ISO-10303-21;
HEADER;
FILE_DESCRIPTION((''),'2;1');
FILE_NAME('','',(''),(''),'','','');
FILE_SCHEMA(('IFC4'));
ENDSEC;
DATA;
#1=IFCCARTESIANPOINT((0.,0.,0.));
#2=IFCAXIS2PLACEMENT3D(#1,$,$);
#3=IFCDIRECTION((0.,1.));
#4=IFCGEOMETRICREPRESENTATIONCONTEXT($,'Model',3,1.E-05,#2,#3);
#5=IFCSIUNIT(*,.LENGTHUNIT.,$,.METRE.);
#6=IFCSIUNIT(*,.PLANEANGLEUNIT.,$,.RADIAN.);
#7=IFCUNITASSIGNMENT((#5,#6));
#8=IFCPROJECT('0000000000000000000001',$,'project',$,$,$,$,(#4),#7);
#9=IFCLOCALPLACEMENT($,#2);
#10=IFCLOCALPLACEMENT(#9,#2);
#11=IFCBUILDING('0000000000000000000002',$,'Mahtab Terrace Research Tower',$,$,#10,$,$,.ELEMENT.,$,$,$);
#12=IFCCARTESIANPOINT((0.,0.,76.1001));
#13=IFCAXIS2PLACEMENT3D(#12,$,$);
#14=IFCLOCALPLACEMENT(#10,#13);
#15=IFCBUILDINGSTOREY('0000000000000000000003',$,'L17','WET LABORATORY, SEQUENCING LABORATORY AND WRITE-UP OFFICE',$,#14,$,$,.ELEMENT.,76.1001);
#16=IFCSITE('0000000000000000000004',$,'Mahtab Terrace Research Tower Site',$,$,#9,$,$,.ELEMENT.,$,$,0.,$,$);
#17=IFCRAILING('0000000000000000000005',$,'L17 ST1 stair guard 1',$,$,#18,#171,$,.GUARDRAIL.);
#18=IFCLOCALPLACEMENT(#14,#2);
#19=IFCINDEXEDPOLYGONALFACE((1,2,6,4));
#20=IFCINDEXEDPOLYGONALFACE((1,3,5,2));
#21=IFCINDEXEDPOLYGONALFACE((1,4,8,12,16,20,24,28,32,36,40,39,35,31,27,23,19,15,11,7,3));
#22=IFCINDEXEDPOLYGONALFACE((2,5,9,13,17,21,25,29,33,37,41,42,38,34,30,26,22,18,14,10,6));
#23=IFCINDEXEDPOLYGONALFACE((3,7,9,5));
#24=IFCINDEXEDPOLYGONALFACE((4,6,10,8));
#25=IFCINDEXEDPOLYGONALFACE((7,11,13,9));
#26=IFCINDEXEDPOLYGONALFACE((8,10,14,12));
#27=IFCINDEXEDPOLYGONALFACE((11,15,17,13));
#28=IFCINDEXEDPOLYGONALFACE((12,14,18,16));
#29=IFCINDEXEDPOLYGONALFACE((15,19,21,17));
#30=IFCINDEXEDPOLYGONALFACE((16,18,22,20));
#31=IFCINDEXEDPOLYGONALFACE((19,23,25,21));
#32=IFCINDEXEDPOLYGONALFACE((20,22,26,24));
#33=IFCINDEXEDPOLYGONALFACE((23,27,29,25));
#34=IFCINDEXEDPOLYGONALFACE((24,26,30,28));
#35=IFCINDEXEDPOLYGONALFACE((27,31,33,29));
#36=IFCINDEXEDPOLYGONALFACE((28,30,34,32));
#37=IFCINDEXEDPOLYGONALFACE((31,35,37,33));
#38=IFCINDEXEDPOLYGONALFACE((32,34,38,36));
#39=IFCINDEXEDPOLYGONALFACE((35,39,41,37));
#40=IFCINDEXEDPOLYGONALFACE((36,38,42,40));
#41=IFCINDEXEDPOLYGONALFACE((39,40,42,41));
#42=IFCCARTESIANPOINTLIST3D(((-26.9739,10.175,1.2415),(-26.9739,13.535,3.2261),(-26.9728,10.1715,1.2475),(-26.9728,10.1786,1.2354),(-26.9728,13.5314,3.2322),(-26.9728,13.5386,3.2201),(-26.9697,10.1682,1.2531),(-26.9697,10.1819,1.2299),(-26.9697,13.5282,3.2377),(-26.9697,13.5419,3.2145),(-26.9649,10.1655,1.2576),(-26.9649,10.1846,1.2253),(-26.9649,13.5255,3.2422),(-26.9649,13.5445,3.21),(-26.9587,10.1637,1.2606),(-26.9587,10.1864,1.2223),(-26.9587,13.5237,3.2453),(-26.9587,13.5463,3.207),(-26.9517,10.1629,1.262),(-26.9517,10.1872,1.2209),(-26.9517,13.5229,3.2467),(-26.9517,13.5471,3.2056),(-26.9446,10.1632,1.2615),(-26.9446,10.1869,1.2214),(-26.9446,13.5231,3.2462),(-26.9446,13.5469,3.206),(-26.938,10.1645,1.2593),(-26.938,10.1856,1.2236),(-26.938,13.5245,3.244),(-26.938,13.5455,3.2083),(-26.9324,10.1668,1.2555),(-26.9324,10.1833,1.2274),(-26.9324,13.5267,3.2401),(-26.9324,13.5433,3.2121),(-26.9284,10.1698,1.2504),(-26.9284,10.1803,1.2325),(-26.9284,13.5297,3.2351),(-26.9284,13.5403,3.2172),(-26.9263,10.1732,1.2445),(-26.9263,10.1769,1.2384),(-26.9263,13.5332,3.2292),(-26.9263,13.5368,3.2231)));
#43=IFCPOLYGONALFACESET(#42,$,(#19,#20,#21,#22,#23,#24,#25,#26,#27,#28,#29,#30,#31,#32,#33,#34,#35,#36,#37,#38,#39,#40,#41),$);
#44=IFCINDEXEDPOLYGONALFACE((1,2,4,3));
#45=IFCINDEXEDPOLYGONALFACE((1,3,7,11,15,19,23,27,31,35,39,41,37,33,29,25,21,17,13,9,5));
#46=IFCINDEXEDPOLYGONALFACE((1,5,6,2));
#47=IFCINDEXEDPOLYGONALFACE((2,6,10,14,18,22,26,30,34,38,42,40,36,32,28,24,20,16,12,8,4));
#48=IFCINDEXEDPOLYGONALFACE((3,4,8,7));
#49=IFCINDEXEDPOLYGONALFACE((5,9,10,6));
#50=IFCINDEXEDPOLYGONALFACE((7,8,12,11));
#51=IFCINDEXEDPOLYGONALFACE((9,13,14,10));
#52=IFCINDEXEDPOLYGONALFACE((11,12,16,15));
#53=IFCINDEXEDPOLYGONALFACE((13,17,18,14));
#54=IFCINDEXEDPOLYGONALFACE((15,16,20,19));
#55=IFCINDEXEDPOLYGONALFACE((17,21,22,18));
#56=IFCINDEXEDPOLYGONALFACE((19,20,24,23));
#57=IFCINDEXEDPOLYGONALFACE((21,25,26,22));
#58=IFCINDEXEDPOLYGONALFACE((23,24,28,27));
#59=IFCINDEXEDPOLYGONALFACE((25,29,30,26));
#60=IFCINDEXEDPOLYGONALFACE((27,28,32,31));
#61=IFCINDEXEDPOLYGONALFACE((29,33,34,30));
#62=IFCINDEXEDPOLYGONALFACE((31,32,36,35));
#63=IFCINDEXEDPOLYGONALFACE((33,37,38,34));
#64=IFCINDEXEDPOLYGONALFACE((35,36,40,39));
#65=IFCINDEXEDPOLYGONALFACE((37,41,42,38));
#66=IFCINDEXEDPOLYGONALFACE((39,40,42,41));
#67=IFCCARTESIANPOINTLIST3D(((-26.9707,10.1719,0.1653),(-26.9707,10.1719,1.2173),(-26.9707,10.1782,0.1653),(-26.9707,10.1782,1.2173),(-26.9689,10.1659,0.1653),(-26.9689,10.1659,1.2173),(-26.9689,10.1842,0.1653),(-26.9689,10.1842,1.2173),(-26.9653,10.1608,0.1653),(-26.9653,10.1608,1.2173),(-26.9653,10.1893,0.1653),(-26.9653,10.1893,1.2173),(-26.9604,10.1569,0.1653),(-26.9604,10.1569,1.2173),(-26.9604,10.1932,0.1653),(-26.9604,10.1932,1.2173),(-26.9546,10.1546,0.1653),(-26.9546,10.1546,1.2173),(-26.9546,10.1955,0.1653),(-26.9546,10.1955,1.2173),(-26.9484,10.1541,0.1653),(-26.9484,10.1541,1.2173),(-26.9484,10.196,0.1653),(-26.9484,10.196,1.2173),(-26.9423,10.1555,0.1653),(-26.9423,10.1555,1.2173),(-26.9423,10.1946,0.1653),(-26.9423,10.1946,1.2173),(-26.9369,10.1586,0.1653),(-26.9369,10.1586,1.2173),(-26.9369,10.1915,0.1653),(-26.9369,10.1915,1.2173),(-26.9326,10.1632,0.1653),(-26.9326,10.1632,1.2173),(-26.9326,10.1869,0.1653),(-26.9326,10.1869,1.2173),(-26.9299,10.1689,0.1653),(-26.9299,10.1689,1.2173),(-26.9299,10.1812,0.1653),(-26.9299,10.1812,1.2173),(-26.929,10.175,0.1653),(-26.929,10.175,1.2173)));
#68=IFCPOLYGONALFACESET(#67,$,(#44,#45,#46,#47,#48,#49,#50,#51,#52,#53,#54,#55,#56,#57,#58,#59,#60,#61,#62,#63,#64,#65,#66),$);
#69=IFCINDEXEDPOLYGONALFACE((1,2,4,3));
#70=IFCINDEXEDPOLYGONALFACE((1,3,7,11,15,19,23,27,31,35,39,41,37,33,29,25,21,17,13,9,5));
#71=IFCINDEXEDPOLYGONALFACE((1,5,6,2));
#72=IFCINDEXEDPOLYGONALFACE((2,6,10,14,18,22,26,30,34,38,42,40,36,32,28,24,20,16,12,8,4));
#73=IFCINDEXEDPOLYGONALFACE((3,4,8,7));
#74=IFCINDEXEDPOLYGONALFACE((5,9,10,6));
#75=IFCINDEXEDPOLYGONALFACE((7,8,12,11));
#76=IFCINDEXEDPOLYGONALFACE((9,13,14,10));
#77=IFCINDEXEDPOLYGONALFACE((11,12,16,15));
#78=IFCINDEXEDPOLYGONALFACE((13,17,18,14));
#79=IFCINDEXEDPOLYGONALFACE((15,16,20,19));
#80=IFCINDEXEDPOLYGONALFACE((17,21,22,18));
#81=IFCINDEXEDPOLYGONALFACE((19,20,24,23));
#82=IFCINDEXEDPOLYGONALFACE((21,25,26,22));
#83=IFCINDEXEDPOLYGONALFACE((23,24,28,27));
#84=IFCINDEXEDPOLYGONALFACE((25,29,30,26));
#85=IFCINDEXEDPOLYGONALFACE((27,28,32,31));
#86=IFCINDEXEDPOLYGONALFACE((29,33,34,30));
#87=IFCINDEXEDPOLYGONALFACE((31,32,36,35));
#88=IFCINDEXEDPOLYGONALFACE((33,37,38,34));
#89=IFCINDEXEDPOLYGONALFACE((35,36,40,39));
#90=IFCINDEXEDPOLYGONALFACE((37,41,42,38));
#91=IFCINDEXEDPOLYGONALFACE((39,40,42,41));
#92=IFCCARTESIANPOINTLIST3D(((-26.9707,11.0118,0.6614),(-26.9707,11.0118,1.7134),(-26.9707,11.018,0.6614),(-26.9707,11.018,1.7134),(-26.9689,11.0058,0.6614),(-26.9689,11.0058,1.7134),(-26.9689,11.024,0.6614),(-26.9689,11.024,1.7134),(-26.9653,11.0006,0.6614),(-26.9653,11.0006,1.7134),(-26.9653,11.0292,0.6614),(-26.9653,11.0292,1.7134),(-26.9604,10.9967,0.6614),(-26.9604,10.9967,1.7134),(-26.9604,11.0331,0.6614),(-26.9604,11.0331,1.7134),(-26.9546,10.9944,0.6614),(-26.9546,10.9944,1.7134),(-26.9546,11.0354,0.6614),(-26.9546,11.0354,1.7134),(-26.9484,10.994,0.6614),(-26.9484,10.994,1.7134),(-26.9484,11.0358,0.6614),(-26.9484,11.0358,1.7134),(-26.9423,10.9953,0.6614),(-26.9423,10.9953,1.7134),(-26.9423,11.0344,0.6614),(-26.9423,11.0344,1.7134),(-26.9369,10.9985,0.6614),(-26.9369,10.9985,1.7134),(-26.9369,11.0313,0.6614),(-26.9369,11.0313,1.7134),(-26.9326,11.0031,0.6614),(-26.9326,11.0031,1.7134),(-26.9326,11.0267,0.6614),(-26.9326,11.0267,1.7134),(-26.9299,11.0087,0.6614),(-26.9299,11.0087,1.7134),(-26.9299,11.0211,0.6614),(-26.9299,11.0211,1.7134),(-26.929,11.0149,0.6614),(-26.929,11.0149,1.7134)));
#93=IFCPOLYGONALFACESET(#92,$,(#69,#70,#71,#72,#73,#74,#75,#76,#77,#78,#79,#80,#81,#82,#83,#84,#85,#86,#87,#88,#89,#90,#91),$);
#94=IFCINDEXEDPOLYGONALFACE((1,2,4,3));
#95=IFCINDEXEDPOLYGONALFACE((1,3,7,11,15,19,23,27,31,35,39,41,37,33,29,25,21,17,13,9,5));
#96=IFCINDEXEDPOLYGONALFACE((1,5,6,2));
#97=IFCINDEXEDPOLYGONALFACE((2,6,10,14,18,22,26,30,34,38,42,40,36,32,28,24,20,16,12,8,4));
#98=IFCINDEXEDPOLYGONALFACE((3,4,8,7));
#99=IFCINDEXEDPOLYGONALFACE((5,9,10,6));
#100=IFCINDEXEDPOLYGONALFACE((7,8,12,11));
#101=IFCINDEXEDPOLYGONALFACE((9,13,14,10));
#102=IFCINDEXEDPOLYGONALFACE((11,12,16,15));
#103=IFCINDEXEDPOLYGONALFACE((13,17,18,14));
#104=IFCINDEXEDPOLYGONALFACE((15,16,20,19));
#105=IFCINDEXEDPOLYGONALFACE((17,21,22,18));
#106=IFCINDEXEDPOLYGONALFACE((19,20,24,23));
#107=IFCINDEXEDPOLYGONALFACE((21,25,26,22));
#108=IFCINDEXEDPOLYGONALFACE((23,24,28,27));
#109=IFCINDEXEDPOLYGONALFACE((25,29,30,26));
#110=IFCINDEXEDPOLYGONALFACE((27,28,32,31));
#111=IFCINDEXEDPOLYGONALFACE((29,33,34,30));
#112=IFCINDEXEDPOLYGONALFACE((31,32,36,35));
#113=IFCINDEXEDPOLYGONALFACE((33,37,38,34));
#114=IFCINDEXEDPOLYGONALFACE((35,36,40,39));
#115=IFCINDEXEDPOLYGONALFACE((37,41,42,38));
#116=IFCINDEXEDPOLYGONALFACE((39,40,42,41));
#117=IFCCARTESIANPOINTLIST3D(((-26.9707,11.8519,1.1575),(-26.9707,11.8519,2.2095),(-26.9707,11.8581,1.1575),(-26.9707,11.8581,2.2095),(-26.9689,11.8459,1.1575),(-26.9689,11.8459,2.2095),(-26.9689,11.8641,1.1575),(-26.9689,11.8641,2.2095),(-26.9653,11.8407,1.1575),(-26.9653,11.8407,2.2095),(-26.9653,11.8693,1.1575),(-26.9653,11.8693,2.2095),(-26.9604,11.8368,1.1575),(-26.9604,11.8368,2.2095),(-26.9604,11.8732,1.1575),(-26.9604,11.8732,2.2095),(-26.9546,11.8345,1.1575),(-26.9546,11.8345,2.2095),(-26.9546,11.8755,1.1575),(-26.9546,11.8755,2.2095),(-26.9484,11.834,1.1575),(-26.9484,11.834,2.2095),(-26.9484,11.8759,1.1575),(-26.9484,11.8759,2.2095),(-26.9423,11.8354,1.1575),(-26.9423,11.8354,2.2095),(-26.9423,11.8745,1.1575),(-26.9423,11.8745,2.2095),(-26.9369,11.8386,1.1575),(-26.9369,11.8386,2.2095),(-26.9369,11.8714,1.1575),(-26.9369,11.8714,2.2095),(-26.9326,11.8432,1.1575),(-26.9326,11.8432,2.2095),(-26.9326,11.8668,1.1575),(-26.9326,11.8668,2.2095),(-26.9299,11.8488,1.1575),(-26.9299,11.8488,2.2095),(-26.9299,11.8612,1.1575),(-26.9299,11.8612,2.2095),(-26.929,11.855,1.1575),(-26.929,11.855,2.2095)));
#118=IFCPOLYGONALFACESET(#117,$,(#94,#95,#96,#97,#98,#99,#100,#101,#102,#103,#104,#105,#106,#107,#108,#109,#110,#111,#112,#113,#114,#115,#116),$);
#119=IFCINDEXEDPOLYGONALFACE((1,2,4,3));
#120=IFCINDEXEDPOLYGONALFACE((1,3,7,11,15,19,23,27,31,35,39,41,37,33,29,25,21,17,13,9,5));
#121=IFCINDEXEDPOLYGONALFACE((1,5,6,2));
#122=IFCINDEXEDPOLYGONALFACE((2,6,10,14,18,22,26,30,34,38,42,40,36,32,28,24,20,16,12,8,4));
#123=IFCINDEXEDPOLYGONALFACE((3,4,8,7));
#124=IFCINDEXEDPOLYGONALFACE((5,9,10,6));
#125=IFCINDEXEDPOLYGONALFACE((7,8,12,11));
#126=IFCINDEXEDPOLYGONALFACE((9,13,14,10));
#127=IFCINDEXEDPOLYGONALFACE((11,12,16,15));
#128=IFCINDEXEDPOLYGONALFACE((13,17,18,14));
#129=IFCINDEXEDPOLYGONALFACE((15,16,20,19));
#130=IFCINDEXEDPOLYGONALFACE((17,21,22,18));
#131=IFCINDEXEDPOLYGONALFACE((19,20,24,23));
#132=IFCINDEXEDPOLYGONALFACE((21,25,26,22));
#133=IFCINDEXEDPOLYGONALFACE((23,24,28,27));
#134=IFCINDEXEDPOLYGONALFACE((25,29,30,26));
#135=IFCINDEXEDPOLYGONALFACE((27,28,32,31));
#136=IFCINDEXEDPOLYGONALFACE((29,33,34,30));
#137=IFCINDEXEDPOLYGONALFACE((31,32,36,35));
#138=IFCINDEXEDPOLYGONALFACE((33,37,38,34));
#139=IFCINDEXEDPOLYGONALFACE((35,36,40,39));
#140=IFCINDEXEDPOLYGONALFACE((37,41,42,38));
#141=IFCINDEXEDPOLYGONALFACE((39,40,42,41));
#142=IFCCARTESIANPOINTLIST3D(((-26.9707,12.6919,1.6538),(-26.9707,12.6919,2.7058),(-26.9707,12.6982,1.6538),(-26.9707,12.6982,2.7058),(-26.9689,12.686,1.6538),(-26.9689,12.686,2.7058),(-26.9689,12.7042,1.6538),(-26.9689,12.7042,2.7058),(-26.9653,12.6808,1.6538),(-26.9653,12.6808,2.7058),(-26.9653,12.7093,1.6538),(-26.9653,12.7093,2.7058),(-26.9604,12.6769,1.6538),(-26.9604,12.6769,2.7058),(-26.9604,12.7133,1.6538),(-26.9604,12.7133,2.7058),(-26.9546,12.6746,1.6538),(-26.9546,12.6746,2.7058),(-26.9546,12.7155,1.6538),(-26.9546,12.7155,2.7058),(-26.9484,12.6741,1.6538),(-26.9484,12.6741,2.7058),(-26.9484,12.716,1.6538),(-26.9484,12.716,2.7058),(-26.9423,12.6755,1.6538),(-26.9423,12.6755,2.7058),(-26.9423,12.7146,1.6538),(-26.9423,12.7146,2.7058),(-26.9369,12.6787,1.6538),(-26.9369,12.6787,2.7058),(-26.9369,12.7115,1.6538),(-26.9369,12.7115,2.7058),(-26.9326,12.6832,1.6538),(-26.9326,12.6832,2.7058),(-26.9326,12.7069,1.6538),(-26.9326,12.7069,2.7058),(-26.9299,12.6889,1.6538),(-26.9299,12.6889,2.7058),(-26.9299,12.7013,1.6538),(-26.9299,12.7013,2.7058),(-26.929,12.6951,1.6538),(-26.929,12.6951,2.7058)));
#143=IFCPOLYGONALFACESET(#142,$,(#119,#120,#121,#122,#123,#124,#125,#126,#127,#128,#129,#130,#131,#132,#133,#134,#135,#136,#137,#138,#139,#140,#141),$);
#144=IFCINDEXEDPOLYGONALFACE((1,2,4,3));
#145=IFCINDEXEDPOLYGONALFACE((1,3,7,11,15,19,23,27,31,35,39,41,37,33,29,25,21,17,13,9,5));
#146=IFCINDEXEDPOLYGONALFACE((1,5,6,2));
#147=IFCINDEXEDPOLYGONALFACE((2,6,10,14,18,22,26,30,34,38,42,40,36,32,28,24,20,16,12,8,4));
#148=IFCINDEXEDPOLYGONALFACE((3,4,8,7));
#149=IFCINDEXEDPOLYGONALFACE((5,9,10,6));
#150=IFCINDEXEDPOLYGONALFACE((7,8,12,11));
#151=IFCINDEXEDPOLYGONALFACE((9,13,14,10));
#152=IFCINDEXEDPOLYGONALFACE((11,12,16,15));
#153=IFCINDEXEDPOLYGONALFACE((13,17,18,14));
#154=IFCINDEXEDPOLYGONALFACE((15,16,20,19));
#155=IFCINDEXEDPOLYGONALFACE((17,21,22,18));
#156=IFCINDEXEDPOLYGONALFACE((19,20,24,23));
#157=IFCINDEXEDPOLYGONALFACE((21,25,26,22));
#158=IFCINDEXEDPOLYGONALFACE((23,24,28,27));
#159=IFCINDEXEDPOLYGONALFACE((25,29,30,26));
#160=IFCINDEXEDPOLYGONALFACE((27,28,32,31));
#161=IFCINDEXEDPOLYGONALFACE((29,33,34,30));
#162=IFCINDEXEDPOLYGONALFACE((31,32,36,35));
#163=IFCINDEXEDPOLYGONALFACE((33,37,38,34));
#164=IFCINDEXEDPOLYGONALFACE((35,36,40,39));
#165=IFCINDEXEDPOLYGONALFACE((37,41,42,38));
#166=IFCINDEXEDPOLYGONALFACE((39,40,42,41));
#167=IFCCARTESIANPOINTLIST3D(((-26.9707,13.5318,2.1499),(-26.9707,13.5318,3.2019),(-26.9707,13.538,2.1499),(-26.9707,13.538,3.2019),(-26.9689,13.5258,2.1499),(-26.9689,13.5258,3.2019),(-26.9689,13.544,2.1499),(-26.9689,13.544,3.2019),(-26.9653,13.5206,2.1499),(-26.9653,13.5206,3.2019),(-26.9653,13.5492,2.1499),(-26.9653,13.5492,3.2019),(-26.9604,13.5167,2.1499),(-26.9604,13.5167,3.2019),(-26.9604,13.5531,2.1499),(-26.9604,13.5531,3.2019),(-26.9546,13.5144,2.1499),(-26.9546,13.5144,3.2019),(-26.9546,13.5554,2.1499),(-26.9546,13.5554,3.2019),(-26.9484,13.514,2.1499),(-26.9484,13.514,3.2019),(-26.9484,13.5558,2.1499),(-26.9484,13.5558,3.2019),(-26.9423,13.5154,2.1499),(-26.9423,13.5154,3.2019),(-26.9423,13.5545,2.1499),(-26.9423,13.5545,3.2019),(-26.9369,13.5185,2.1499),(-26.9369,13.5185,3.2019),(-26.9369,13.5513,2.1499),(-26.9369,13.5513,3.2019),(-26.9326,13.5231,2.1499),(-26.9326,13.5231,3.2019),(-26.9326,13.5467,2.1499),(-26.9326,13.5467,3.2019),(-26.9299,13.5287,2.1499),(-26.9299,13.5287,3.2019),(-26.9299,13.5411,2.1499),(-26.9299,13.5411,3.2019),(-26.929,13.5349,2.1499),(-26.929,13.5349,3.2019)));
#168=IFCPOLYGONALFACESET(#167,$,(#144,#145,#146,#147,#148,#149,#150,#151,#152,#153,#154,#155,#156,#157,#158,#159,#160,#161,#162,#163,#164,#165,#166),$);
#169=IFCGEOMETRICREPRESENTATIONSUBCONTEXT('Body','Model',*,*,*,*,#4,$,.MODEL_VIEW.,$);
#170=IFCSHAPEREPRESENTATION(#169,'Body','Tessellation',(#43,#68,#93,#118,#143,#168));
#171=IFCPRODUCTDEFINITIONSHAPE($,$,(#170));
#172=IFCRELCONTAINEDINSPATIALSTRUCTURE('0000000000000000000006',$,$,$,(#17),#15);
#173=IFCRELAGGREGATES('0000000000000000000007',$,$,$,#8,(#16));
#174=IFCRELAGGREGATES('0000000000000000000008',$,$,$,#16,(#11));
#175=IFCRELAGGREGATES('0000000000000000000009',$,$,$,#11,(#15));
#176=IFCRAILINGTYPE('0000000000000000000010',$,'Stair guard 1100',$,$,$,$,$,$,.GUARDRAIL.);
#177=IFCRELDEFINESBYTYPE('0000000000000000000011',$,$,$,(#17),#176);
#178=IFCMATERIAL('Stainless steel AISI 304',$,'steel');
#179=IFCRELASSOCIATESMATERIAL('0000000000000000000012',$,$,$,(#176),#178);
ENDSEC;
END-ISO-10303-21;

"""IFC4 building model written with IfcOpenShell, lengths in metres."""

from ifc_helpers import new_model, si_unit, direction, frame, origin, origin_2d, place, context, subcontext, project, spatial, circle, extrude, material, type_object, element, save


model = new_model("IFC4")

# Units and contexts
model_context = context("Model", 3, precision=1e-05, world=origin(), true_north=direction((0.0, 1.0)))
body_context = subcontext(model_context, "Body", "Model", "MODEL_VIEW")
ifc_project = project(units=[si_unit("LENGTHUNIT", "METRE"), si_unit("PLANEANGLEUNIT", "RADIAN")], contexts=[model_context])

# Site, building, storey
site_placement = place(None, origin())
site = spatial("IfcSite", under=ifc_project, at=site_placement, Name="Mahtab Terrace Research Tower Site", CompositionType="ELEMENT", RefElevation=0.0)
building_placement = place(site_placement, origin())
building = spatial("IfcBuilding", under=site, at=building_placement, Name="Mahtab Terrace Research Tower", CompositionType="ELEMENT")
storey_placement = place(building_placement, frame((0.0, 0.0, 76.1001)))
storey = spatial("IfcBuildingStorey", under=building, at=storey_placement, Name="L17", Description="WET LABORATORY, SEQUENCING LABORATORY AND WRITE-UP OFFICE", CompositionType="ELEMENT", Elevation=76.1001)

# Railing
ifc_material_1 = material(Name="Stainless steel AISI 304", Category="steel")
railing_type_1 = type_object("IfcRailingType", Name="Stair guard 1100", PredefinedType="GUARDRAIL", material=ifc_material_1)
railing_1_placement = place(storey_placement, frame((-26.95, 10.175, 0.1653)))
element("IfcRailing", 1, at=railing_1_placement, inside=storey, type_object=railing_type_1, Name="L17 ST1 stair guard 1", PredefinedType="GUARDRAIL", context=body_context, shape_type="SweptSolid", body=[
    extrude(circle(Radius=0.0239, at=origin_2d()), frame((0.0, 0.0, 1.0762), z_axis=(0.0, 0.861011, 0.508586), x_axis=(-1.0, 0.0, 0.0)), (0.0, 0.0, 1.0), 3.9023),
    extrude(circle(Radius=0.021, at=origin_2d()), origin(), (0.0, 0.0, 1.0), 1.052),
    extrude(circle(Radius=0.021, at=origin_2d()), frame((0.0, 0.8398, 0.4961)), (0.0, 0.0, 1.0), 1.052),
    extrude(circle(Radius=0.021, at=origin_2d()), frame((0.0, 1.6799, 0.9922)), (0.0, 0.0, 1.0), 1.052),
    extrude(circle(Radius=0.021, at=origin_2d()), frame((0.0, 2.52, 1.4885)), (0.0, 0.0, 1.0), 1.052),
    extrude(circle(Radius=0.021, at=origin_2d()), frame((0.0, 3.3599, 1.9846)), (0.0, 0.0, 1.0), 1.052),
])

save(model, "model.ifc")
